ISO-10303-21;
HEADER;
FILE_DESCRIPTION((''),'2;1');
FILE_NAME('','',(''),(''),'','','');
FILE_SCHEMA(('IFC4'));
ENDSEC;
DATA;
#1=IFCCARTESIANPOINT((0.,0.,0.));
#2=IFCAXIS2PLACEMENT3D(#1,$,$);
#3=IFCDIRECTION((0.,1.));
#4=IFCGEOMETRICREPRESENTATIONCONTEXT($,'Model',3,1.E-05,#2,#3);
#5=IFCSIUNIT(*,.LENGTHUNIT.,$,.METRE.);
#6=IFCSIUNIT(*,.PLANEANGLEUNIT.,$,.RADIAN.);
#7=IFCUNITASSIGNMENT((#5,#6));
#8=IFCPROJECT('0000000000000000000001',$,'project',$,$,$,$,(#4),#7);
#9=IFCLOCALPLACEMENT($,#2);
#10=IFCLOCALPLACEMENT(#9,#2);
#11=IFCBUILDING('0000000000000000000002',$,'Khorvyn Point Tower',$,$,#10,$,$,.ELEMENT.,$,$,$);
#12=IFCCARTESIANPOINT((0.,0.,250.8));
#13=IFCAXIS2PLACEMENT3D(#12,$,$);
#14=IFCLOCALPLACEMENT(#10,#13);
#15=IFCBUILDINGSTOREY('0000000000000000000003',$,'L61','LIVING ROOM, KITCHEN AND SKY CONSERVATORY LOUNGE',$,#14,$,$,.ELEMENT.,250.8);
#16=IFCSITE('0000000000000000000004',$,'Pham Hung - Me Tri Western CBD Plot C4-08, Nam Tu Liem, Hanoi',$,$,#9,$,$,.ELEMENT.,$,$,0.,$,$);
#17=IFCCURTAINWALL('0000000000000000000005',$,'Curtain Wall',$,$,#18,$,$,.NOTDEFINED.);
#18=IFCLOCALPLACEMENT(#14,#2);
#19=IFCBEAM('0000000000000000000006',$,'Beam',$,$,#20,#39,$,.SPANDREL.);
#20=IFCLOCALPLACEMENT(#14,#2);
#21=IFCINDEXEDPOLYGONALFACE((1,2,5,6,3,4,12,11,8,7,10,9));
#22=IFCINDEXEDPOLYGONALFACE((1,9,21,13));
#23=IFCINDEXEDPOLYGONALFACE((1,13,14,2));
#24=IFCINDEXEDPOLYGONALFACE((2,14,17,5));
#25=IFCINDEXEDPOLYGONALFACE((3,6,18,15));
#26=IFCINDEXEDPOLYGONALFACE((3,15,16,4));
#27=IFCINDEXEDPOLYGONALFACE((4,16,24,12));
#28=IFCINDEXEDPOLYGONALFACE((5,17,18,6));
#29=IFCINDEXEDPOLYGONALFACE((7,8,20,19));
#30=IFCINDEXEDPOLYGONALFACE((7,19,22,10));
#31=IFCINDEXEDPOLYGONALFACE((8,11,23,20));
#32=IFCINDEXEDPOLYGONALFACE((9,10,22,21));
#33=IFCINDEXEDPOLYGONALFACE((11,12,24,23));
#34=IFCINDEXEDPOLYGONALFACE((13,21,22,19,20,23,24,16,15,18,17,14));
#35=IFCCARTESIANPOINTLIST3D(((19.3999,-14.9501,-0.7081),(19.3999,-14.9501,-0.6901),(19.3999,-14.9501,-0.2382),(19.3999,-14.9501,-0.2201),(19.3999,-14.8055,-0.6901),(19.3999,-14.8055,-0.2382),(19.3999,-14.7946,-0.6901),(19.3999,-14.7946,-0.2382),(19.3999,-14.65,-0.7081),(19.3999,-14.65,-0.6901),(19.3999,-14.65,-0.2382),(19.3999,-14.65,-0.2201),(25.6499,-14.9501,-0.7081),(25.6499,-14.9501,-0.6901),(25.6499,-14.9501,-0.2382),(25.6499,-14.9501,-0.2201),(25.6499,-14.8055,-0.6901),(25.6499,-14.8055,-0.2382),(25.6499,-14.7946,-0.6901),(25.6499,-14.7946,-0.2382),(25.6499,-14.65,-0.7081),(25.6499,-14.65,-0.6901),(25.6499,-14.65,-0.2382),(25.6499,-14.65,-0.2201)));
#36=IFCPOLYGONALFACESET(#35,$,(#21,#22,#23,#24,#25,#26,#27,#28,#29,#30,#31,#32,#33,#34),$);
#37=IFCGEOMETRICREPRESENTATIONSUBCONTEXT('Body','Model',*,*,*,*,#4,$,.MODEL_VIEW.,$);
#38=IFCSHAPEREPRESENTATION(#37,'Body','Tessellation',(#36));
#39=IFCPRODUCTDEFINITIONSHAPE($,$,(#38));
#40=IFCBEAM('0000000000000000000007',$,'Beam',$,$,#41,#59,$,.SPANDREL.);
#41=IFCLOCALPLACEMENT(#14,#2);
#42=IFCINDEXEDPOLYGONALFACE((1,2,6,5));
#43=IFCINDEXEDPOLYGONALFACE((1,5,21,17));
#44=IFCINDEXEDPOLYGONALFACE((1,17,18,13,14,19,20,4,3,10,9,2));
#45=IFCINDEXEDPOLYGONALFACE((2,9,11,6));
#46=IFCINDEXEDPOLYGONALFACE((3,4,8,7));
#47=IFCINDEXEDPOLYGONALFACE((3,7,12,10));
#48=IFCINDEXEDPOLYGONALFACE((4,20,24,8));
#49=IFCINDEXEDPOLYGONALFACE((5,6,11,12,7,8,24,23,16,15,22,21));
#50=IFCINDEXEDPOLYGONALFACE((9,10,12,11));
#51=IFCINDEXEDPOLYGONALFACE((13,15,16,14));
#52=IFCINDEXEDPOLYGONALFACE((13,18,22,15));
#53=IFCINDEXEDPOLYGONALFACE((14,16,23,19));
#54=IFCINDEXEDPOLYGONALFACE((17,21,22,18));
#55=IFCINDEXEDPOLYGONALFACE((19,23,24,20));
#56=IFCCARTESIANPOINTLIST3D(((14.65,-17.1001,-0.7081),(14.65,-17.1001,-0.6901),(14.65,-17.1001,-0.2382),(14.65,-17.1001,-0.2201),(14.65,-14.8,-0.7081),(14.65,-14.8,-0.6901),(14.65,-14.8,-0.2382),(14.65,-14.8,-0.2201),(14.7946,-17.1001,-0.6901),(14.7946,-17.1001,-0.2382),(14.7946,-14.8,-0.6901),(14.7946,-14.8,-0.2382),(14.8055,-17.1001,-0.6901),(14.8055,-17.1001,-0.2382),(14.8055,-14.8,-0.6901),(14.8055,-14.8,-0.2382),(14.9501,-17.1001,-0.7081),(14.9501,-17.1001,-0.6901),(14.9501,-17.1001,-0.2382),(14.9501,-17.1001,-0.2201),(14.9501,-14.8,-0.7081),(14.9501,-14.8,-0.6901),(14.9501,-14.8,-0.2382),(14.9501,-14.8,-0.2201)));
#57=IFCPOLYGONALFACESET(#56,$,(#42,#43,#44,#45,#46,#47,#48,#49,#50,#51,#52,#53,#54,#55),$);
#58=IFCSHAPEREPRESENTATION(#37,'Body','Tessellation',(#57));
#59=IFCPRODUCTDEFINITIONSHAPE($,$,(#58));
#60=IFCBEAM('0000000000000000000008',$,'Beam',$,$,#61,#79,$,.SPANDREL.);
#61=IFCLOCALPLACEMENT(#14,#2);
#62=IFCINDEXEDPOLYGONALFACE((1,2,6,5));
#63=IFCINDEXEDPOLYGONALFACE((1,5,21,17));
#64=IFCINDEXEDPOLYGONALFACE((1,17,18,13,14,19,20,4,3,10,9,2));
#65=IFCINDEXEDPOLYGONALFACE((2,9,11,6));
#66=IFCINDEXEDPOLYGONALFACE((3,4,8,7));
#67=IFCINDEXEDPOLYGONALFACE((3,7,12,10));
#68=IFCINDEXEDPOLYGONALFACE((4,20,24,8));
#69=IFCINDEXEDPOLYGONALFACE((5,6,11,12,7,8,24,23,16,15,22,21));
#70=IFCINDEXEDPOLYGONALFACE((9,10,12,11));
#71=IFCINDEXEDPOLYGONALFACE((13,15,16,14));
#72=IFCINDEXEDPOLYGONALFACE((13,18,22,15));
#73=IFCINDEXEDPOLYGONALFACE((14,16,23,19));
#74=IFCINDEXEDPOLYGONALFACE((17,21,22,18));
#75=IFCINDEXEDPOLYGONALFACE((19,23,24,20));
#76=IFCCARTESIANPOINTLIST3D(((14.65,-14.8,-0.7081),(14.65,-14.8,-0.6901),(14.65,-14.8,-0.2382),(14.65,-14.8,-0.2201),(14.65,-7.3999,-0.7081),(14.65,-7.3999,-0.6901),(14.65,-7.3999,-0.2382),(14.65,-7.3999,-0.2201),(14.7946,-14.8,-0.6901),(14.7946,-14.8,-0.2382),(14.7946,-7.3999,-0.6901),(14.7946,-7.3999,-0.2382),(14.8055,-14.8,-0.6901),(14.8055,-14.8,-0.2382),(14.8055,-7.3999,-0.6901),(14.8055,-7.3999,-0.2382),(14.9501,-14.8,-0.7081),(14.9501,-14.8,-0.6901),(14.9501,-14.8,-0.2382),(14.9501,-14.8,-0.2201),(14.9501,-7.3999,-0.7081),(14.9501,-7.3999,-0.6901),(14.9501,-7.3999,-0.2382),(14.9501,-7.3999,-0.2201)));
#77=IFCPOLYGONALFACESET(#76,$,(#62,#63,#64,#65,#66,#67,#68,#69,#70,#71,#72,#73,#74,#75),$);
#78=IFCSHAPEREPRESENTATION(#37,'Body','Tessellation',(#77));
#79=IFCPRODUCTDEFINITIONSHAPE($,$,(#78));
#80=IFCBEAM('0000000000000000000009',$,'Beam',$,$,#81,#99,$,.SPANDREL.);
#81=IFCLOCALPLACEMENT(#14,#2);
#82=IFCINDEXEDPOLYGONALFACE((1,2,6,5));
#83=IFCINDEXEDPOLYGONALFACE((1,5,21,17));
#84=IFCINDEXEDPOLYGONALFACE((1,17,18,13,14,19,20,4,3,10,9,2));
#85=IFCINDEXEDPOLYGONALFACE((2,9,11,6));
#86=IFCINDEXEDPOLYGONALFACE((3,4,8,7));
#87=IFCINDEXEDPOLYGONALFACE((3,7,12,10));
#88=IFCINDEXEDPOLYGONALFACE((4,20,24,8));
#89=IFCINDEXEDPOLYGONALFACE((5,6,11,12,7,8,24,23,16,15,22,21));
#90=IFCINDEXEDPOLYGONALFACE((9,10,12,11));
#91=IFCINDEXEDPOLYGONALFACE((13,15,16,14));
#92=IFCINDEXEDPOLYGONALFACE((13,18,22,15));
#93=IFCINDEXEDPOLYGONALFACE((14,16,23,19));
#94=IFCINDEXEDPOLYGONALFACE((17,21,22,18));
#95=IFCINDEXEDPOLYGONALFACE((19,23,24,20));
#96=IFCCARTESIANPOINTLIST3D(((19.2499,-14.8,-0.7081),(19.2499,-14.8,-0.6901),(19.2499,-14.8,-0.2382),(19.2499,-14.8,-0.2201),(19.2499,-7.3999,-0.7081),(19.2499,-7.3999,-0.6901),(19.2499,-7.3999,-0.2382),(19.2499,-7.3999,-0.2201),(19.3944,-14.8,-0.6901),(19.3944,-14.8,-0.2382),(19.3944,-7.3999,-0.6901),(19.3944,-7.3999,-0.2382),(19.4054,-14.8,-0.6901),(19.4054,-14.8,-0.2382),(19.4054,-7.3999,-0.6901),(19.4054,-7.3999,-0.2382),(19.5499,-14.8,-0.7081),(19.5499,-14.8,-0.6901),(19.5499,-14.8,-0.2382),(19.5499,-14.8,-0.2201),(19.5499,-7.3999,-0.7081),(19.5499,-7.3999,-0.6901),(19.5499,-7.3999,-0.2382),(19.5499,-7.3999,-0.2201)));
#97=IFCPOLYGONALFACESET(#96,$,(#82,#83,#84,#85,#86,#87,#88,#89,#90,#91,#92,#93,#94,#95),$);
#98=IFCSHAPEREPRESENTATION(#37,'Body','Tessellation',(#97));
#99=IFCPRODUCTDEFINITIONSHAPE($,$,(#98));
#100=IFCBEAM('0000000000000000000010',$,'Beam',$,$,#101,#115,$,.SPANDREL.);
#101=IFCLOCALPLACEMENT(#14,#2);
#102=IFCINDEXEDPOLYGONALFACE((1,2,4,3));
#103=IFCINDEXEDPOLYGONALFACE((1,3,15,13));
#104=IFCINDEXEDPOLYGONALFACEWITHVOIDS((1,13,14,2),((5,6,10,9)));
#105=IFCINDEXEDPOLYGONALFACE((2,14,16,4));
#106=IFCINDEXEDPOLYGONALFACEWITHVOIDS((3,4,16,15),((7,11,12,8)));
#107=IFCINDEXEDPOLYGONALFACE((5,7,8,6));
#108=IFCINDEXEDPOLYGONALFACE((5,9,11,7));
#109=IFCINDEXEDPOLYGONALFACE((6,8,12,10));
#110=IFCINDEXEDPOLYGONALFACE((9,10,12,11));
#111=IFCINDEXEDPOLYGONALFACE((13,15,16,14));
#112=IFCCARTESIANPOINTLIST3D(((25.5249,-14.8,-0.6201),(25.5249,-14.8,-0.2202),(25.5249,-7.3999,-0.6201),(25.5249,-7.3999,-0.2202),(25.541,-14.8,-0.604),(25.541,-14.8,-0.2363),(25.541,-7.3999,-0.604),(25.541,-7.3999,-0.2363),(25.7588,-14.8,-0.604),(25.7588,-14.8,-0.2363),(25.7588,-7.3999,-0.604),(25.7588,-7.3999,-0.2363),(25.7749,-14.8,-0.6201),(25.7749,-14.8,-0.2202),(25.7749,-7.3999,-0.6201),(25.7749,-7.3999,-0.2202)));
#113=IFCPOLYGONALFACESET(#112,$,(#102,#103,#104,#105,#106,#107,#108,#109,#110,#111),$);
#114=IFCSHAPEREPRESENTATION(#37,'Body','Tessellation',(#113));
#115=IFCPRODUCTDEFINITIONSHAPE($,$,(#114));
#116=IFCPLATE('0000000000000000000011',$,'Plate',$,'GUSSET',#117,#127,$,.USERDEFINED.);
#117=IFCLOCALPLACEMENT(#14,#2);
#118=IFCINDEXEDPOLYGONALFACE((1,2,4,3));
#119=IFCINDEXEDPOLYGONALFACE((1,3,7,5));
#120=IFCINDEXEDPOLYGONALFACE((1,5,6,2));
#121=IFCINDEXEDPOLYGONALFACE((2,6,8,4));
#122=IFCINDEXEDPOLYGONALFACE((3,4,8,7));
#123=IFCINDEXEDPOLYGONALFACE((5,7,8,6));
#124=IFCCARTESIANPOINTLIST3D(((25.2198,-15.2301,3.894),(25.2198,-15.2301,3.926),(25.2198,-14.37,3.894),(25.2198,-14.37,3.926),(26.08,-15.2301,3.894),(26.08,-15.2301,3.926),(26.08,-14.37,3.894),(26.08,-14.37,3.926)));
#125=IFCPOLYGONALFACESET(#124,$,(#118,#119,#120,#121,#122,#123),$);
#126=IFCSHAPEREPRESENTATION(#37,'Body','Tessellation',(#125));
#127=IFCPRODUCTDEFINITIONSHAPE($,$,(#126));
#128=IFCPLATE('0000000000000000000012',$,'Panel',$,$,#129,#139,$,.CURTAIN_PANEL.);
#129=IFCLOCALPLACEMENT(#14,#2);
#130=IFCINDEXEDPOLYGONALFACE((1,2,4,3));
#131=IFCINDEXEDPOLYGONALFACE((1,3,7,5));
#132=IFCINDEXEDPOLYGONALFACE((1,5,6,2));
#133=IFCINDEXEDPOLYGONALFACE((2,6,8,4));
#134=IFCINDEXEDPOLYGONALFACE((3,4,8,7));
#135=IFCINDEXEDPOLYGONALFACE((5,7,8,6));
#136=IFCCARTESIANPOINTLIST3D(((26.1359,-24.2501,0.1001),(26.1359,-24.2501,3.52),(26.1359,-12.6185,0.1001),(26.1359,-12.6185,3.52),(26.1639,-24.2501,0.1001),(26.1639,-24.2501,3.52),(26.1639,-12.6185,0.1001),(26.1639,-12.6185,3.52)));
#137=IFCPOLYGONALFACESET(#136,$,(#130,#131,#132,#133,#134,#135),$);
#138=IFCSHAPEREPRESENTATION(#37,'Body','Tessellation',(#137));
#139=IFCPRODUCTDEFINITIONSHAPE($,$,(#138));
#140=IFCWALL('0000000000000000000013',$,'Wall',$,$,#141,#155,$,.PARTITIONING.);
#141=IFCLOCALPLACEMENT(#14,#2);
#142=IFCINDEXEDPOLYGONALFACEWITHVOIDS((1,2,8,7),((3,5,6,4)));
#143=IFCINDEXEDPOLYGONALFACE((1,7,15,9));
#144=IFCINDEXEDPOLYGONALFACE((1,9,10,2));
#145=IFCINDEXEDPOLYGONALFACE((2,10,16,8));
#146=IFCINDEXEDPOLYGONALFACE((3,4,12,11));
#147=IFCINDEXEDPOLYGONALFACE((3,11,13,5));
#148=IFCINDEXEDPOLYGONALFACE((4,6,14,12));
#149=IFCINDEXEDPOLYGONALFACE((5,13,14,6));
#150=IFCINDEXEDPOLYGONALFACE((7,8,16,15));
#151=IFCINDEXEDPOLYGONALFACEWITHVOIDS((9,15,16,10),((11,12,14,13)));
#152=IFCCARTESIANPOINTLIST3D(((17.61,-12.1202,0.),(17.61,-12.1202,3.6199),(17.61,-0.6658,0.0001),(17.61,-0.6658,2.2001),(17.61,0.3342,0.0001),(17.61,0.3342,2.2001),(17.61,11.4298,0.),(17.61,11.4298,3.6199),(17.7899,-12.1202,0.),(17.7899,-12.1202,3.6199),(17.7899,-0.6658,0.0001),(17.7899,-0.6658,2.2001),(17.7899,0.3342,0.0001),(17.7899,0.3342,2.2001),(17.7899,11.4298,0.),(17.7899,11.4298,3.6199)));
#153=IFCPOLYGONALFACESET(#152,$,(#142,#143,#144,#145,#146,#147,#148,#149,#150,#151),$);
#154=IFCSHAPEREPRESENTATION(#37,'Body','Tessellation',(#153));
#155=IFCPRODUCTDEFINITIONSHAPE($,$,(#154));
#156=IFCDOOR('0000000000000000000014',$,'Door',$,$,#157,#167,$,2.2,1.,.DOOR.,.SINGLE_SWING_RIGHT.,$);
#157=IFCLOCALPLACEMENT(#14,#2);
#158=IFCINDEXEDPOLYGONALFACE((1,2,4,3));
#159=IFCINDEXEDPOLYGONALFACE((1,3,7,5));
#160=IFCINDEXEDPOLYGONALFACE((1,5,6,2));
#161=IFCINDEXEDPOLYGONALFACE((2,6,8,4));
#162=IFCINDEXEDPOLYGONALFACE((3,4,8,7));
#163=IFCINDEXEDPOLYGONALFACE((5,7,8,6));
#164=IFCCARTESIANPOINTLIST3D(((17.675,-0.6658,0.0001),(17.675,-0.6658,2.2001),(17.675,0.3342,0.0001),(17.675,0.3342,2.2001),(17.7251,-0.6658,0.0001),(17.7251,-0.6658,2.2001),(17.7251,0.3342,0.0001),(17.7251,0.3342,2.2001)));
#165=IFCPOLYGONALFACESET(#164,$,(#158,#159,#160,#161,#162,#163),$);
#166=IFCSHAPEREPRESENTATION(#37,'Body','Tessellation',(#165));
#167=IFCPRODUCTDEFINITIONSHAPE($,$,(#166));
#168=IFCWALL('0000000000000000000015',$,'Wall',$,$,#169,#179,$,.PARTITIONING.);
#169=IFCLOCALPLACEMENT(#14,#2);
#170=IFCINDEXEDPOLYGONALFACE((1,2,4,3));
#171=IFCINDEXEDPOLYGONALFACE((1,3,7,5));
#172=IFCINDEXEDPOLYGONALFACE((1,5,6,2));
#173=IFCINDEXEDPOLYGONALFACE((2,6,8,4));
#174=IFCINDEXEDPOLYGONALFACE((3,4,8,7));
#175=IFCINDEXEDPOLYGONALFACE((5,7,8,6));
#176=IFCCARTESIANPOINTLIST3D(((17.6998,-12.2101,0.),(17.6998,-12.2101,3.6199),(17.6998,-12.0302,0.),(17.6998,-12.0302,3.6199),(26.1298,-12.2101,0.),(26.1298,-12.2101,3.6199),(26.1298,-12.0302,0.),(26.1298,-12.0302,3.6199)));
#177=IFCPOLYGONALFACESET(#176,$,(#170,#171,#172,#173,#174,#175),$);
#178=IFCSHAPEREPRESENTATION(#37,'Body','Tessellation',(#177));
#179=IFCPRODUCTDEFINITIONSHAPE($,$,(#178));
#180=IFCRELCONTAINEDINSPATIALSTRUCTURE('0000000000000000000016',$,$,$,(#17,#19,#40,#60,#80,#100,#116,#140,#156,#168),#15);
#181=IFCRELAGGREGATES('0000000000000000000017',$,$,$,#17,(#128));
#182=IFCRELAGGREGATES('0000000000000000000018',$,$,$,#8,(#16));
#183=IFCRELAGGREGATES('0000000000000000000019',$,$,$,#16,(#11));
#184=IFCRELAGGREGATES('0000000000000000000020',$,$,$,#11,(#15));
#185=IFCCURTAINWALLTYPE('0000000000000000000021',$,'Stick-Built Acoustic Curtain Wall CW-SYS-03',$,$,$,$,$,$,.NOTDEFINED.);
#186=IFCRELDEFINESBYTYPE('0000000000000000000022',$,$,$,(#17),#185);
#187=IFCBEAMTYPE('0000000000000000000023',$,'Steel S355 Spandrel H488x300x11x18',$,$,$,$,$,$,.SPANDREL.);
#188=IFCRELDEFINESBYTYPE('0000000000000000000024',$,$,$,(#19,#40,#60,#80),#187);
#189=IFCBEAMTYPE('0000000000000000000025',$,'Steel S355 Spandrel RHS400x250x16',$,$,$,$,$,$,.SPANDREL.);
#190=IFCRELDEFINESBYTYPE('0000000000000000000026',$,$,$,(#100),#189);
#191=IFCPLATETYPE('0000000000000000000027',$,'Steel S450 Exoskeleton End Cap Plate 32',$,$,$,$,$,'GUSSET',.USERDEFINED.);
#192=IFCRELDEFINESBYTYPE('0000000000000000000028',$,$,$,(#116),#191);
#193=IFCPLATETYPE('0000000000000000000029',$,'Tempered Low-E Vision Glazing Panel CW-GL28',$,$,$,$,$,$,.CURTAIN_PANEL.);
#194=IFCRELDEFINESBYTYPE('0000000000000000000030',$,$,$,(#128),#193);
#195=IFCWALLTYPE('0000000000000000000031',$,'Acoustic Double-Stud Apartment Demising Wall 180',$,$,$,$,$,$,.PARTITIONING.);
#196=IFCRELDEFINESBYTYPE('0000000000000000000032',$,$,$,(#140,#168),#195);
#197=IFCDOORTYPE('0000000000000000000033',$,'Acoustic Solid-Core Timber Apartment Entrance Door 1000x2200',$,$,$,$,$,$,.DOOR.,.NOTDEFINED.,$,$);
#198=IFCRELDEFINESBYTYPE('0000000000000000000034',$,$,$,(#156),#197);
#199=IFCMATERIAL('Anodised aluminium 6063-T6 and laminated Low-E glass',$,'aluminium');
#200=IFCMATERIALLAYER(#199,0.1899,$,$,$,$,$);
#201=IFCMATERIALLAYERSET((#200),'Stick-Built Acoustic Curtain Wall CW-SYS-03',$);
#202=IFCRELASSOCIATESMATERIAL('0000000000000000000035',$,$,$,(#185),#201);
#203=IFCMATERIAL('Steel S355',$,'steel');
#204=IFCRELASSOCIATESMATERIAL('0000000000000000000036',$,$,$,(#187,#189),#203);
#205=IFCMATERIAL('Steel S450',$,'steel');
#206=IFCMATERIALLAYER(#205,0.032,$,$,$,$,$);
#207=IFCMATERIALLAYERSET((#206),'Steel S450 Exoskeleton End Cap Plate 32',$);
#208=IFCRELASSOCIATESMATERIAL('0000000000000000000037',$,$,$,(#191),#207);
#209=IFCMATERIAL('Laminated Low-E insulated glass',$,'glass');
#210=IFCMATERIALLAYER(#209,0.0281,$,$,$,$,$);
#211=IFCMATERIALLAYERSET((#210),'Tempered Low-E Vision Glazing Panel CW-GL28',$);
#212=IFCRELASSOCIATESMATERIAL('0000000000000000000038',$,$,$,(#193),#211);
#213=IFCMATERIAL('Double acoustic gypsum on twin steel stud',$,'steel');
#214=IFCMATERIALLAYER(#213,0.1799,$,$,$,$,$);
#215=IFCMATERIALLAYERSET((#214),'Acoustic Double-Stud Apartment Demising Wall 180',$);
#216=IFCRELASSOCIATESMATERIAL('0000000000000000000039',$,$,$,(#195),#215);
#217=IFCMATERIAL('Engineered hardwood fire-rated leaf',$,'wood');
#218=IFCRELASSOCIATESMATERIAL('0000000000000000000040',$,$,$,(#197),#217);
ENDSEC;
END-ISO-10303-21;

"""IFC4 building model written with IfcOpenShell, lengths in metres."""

from ifc_helpers import new_model, si_unit, direction, frame, frame_2d, origin, origin_2d, place, context, subcontext, project, spatial, rectangle, hollow_rectangle, i_section, extrude, material, layer, layer_set, material_profile, profile_set, type_object, element, fill, aggregate, save


model = new_model("IFC4")

# Units and contexts
model_context = context("Model", 3, precision=1e-05, world=origin(), true_north=direction((0.0, 1.0)))
body_context = subcontext(model_context, "Body", "Model", "MODEL_VIEW")
ifc_project = project(units=[si_unit("LENGTHUNIT", "METRE"), si_unit("PLANEANGLEUNIT", "RADIAN")], contexts=[model_context])

# Site, building, storey
site_placement = place(None, origin())
site = spatial("IfcSite", under=ifc_project, at=site_placement, Name="Pham Hung - Me Tri Western CBD Plot C4-08, Nam Tu Liem, Hanoi", CompositionType="ELEMENT", RefElevation=0.0)
building_placement = place(site_placement, origin())
building = spatial("IfcBuilding", under=site, at=building_placement, Name="Khorvyn Point Tower", CompositionType="ELEMENT")
storey_placement = place(building_placement, frame((0.0, 0.0, 250.8)))
storey = spatial("IfcBuildingStorey", under=building, at=storey_placement, Name="L61", Description="LIVING ROOM, KITCHEN AND SKY CONSERVATORY LOUNGE", CompositionType="ELEMENT", Elevation=250.8)

# Shared definitions
ifc_material_1 = material(Name="Steel S450", Category="steel")

# Curtain wall
ifc_material_2 = material(Name="Anodised aluminium 6063-T6 and laminated Low-E glass", Category="aluminium")
ifc_layer_1 = layer(ifc_material_2, 0.1899)
ifc_layer_set_1 = layer_set([ifc_layer_1], Name="Stick-Built Acoustic Curtain Wall CW-SYS-03")
curtain_wall_type = type_object("IfcCurtainWallType", Name="Stick-Built Acoustic Curtain Wall CW-SYS-03", PredefinedType="NOTDEFINED", material=ifc_layer_set_1)
curtain_wall_placement = place(storey_placement, origin())
curtain_wall = element("IfcCurtainWall", 1, at=curtain_wall_placement, inside=storey, type_object=curtain_wall_type, Name="Curtain Wall", PredefinedType="NOTDEFINED")

# Beams
ifc_material_3 = material(Name="Steel S355", Category="steel")
ifc_material_profile_1 = material_profile(ifc_material_3, i_section(OverallWidth=0.3, OverallDepth=0.488, WebThickness=0.011, FlangeThickness=0.0181, at=origin_2d()))
ifc_profile_set_1 = profile_set([ifc_material_profile_1], Name="Steel S355 H488x300x11x18")
beam_type_1 = type_object("IfcBeamType", Name="Steel S355 Spandrel H488x300x11x18", PredefinedType="SPANDREL", material=ifc_profile_set_1)
beam_1_placement = place(storey_placement, frame((19.3999, -14.8, -0.4641), z_axis=(1.0, 0.0, 0.0), x_axis=(0.0, 1.0, 0.0)))
element("IfcBeam", 2, at=beam_1_placement, inside=storey, type_object=beam_type_1, Name="Beam", PredefinedType="SPANDREL", context=body_context, shape_type="SweptSolid", body=[
    extrude(i_section(OverallWidth=0.3, OverallDepth=0.488, WebThickness=0.011, FlangeThickness=0.0181, at=origin_2d()), origin(), (0.0, 0.0, 1.0), 6.25),
])
beam_2_placement = place(storey_placement, frame((14.8, -17.1001, -0.4641), z_axis=(0.0, 1.0, 0.0), x_axis=(-1.0, 0.0, 0.0)))
element("IfcBeam", 3, at=beam_2_placement, inside=storey, type_object=beam_type_1, Name="Beam", PredefinedType="SPANDREL", context=body_context, shape_type="SweptSolid", body=[
    extrude(i_section(OverallWidth=0.3, OverallDepth=0.488, WebThickness=0.011, FlangeThickness=0.0181, at=origin_2d()), origin(), (0.0, 0.0, 1.0), 2.3),
])
for number, where, z_axis, x_axis, name in (
    (4, (14.8, -14.8, -0.4641), (0.0, 1.0, 0.0), (-1.0, 0.0, 0.0), "Beam"),
    (5, (19.3999, -14.8, -0.4641), (0.0, 1.0, 0.0), (-1.0, 0.0, 0.0), "Beam"),
):
    element("IfcBeam", number, at=place(storey_placement, frame(where, z_axis=z_axis, x_axis=x_axis)), inside=storey, type_object=beam_type_1, Name=name, PredefinedType="SPANDREL", context=body_context, shape_type="SweptSolid", body=[
        extrude(i_section(OverallWidth=0.3, OverallDepth=0.488, WebThickness=0.011, FlangeThickness=0.0181, at=origin_2d()), origin(), (0.0, 0.0, 1.0), 7.4001),
    ])
ifc_material_profile_2 = material_profile(ifc_material_3, hollow_rectangle(XDim=0.25, YDim=0.3999, WallThickness=0.0161, at=origin_2d()))
ifc_profile_set_2 = profile_set([ifc_material_profile_2], Name="Steel S355 RHS400x250x16")
beam_type_2 = type_object("IfcBeamType", Name="Steel S355 Spandrel RHS400x250x16", PredefinedType="SPANDREL", material=ifc_profile_set_2)
beam_3_placement = place(storey_placement, frame((25.6499, -14.8, -0.4202), z_axis=(0.0, 1.0, 0.0), x_axis=(-1.0, 0.0, 0.0)))
element("IfcBeam", 6, at=beam_3_placement, inside=storey, type_object=beam_type_2, Name="Beam", PredefinedType="SPANDREL", context=body_context, shape_type="SweptSolid", body=[
    extrude(hollow_rectangle(XDim=0.25, YDim=0.3999, WallThickness=0.0161, at=origin_2d()), origin(), (0.0, 0.0, 1.0), 7.4001),
])

# Plates
ifc_layer_2 = layer(ifc_material_1, 0.032)
ifc_layer_set_2 = layer_set([ifc_layer_2], Name="Steel S450 Exoskeleton End Cap Plate 32")
plate_type_1 = type_object("IfcPlateType", Name="Steel S450 Exoskeleton End Cap Plate 32", ElementType="GUSSET", PredefinedType="USERDEFINED", material=ifc_layer_set_2)
plate_1_placement = place(storey_placement, frame((25.6499, -14.8, 3.894), z_axis=(0.0, 0.0, 1.0), x_axis=(1.0, 0.0, 0.0)))
element("IfcPlate", 7, at=plate_1_placement, inside=storey, type_object=plate_type_1, Name="Plate", ObjectType="GUSSET", PredefinedType="USERDEFINED", context=body_context, shape_type="SweptSolid", body=[
    extrude(rectangle(XDim=0.8601, YDim=0.8601, at=origin_2d()), origin(), (0.0, 0.0, 1.0), 0.032),
])
ifc_material_4 = material(Name="Laminated Low-E insulated glass", Category="glass")
ifc_layer_3 = layer(ifc_material_4, 0.0281)
ifc_layer_set_3 = layer_set([ifc_layer_3], Name="Tempered Low-E Vision Glazing Panel CW-GL28")
plate_type_2 = type_object("IfcPlateType", Name="Tempered Low-E Vision Glazing Panel CW-GL28", PredefinedType="CURTAIN_PANEL", material=ifc_layer_set_3)
plate_2_placement = place(storey_placement, frame((26.1499, -18.4343, 0.1001), z_axis=(0.0, 0.0, 1.0), x_axis=(0.0, -1.0, 0.0)))
plate_2 = element("IfcPlate", 8, at=plate_2_placement, type_object=plate_type_2, Name="Panel", PredefinedType="CURTAIN_PANEL", context=body_context, shape_type="SweptSolid", body=[
    extrude(rectangle(XDim=11.6316, YDim=0.0281, at=origin_2d()), origin(), (0.0, 0.0, 1.0), 3.4199),
])
aggregate(curtain_wall, [plate_2])

# Wall, opening, door
ifc_material_5 = material(Name="Double acoustic gypsum on twin steel stud", Category="steel")
ifc_layer_4 = layer(ifc_material_5, 0.1799)
ifc_layer_set_4 = layer_set([ifc_layer_4], Name="Acoustic Double-Stud Apartment Demising Wall 180")
wall_type_1 = type_object("IfcWallType", Name="Acoustic Double-Stud Apartment Demising Wall 180", PredefinedType="PARTITIONING", material=ifc_layer_set_4)
wall_1_placement = place(storey_placement, frame((17.7, -12.1201, 0.0), z_axis=(0.0, 0.0, 1.0), x_axis=(0.0, 1.0, 0.0)))
wall_1 = element("IfcWall", 9, at=wall_1_placement, inside=storey, type_object=wall_type_1, Name="Wall", PredefinedType="PARTITIONING", context=body_context, shape_type="SweptSolid", body=[
    extrude(rectangle(XDim=23.55, YDim=0.1799, at=frame_2d((11.7749, 0.0))), origin(), (0.0, 0.0, 1.0), 3.6199),
])
opening_placement = place(wall_1_placement, frame((11.4543, 0.0, 0.0)))
opening = element("IfcOpeningElement", 10, at=opening_placement, cuts=wall_1, PredefinedType="OPENING", context=body_context, shape_type="SweptSolid", body=[
    extrude(rectangle(XDim=1.0, YDim=2.2, at=frame_2d((0.5, 1.1001))), frame((0.0, 0.0999, 0.0), z_axis=(0.0, -1.0, 0.0), x_axis=(1.0, 0.0, 0.0)), (0.0, 0.0, 1.0), 0.2),
])
ifc_material_6 = material(Name="Engineered hardwood fire-rated leaf", Category="wood")
door_type = type_object("IfcDoorType", Name="Acoustic Solid-Core Timber Apartment Entrance Door 1000x2200", OperationType="NOTDEFINED", PredefinedType="DOOR", material=ifc_material_6)
door_placement = place(opening_placement, origin())
door = element("IfcDoor", 11, at=door_placement, inside=storey, type_object=door_type, Name="Door", OperationType="SINGLE_SWING_RIGHT", OverallHeight=2.2, OverallWidth=1.0, PredefinedType="DOOR", context=body_context, shape_type="SweptSolid", body=[
    extrude(rectangle(XDim=1.0, YDim=2.2, at=frame_2d((0.5, 1.1001))), frame((0.0, 0.0249, 0.0), z_axis=(0.0, -1.0, 0.0), x_axis=(1.0, 0.0, 0.0)), (0.0, 0.0, 1.0), 0.05),
])
fill(opening, door)

# Wall
wall_2_placement = place(storey_placement, frame((17.7, -12.1201, 0.0), z_axis=(0.0, 0.0, 1.0), x_axis=(1.0, 0.0, 0.0)))
element("IfcWall", 12, at=wall_2_placement, inside=storey, type_object=wall_type_1, Name="Wall", PredefinedType="PARTITIONING", context=body_context, shape_type="SweptSolid", body=[
    extrude(rectangle(XDim=8.4299, YDim=0.1799, at=frame_2d((4.2148, 0.0))), origin(), (0.0, 0.0, 1.0), 3.6199),
])

save(model, "model.ifc")
